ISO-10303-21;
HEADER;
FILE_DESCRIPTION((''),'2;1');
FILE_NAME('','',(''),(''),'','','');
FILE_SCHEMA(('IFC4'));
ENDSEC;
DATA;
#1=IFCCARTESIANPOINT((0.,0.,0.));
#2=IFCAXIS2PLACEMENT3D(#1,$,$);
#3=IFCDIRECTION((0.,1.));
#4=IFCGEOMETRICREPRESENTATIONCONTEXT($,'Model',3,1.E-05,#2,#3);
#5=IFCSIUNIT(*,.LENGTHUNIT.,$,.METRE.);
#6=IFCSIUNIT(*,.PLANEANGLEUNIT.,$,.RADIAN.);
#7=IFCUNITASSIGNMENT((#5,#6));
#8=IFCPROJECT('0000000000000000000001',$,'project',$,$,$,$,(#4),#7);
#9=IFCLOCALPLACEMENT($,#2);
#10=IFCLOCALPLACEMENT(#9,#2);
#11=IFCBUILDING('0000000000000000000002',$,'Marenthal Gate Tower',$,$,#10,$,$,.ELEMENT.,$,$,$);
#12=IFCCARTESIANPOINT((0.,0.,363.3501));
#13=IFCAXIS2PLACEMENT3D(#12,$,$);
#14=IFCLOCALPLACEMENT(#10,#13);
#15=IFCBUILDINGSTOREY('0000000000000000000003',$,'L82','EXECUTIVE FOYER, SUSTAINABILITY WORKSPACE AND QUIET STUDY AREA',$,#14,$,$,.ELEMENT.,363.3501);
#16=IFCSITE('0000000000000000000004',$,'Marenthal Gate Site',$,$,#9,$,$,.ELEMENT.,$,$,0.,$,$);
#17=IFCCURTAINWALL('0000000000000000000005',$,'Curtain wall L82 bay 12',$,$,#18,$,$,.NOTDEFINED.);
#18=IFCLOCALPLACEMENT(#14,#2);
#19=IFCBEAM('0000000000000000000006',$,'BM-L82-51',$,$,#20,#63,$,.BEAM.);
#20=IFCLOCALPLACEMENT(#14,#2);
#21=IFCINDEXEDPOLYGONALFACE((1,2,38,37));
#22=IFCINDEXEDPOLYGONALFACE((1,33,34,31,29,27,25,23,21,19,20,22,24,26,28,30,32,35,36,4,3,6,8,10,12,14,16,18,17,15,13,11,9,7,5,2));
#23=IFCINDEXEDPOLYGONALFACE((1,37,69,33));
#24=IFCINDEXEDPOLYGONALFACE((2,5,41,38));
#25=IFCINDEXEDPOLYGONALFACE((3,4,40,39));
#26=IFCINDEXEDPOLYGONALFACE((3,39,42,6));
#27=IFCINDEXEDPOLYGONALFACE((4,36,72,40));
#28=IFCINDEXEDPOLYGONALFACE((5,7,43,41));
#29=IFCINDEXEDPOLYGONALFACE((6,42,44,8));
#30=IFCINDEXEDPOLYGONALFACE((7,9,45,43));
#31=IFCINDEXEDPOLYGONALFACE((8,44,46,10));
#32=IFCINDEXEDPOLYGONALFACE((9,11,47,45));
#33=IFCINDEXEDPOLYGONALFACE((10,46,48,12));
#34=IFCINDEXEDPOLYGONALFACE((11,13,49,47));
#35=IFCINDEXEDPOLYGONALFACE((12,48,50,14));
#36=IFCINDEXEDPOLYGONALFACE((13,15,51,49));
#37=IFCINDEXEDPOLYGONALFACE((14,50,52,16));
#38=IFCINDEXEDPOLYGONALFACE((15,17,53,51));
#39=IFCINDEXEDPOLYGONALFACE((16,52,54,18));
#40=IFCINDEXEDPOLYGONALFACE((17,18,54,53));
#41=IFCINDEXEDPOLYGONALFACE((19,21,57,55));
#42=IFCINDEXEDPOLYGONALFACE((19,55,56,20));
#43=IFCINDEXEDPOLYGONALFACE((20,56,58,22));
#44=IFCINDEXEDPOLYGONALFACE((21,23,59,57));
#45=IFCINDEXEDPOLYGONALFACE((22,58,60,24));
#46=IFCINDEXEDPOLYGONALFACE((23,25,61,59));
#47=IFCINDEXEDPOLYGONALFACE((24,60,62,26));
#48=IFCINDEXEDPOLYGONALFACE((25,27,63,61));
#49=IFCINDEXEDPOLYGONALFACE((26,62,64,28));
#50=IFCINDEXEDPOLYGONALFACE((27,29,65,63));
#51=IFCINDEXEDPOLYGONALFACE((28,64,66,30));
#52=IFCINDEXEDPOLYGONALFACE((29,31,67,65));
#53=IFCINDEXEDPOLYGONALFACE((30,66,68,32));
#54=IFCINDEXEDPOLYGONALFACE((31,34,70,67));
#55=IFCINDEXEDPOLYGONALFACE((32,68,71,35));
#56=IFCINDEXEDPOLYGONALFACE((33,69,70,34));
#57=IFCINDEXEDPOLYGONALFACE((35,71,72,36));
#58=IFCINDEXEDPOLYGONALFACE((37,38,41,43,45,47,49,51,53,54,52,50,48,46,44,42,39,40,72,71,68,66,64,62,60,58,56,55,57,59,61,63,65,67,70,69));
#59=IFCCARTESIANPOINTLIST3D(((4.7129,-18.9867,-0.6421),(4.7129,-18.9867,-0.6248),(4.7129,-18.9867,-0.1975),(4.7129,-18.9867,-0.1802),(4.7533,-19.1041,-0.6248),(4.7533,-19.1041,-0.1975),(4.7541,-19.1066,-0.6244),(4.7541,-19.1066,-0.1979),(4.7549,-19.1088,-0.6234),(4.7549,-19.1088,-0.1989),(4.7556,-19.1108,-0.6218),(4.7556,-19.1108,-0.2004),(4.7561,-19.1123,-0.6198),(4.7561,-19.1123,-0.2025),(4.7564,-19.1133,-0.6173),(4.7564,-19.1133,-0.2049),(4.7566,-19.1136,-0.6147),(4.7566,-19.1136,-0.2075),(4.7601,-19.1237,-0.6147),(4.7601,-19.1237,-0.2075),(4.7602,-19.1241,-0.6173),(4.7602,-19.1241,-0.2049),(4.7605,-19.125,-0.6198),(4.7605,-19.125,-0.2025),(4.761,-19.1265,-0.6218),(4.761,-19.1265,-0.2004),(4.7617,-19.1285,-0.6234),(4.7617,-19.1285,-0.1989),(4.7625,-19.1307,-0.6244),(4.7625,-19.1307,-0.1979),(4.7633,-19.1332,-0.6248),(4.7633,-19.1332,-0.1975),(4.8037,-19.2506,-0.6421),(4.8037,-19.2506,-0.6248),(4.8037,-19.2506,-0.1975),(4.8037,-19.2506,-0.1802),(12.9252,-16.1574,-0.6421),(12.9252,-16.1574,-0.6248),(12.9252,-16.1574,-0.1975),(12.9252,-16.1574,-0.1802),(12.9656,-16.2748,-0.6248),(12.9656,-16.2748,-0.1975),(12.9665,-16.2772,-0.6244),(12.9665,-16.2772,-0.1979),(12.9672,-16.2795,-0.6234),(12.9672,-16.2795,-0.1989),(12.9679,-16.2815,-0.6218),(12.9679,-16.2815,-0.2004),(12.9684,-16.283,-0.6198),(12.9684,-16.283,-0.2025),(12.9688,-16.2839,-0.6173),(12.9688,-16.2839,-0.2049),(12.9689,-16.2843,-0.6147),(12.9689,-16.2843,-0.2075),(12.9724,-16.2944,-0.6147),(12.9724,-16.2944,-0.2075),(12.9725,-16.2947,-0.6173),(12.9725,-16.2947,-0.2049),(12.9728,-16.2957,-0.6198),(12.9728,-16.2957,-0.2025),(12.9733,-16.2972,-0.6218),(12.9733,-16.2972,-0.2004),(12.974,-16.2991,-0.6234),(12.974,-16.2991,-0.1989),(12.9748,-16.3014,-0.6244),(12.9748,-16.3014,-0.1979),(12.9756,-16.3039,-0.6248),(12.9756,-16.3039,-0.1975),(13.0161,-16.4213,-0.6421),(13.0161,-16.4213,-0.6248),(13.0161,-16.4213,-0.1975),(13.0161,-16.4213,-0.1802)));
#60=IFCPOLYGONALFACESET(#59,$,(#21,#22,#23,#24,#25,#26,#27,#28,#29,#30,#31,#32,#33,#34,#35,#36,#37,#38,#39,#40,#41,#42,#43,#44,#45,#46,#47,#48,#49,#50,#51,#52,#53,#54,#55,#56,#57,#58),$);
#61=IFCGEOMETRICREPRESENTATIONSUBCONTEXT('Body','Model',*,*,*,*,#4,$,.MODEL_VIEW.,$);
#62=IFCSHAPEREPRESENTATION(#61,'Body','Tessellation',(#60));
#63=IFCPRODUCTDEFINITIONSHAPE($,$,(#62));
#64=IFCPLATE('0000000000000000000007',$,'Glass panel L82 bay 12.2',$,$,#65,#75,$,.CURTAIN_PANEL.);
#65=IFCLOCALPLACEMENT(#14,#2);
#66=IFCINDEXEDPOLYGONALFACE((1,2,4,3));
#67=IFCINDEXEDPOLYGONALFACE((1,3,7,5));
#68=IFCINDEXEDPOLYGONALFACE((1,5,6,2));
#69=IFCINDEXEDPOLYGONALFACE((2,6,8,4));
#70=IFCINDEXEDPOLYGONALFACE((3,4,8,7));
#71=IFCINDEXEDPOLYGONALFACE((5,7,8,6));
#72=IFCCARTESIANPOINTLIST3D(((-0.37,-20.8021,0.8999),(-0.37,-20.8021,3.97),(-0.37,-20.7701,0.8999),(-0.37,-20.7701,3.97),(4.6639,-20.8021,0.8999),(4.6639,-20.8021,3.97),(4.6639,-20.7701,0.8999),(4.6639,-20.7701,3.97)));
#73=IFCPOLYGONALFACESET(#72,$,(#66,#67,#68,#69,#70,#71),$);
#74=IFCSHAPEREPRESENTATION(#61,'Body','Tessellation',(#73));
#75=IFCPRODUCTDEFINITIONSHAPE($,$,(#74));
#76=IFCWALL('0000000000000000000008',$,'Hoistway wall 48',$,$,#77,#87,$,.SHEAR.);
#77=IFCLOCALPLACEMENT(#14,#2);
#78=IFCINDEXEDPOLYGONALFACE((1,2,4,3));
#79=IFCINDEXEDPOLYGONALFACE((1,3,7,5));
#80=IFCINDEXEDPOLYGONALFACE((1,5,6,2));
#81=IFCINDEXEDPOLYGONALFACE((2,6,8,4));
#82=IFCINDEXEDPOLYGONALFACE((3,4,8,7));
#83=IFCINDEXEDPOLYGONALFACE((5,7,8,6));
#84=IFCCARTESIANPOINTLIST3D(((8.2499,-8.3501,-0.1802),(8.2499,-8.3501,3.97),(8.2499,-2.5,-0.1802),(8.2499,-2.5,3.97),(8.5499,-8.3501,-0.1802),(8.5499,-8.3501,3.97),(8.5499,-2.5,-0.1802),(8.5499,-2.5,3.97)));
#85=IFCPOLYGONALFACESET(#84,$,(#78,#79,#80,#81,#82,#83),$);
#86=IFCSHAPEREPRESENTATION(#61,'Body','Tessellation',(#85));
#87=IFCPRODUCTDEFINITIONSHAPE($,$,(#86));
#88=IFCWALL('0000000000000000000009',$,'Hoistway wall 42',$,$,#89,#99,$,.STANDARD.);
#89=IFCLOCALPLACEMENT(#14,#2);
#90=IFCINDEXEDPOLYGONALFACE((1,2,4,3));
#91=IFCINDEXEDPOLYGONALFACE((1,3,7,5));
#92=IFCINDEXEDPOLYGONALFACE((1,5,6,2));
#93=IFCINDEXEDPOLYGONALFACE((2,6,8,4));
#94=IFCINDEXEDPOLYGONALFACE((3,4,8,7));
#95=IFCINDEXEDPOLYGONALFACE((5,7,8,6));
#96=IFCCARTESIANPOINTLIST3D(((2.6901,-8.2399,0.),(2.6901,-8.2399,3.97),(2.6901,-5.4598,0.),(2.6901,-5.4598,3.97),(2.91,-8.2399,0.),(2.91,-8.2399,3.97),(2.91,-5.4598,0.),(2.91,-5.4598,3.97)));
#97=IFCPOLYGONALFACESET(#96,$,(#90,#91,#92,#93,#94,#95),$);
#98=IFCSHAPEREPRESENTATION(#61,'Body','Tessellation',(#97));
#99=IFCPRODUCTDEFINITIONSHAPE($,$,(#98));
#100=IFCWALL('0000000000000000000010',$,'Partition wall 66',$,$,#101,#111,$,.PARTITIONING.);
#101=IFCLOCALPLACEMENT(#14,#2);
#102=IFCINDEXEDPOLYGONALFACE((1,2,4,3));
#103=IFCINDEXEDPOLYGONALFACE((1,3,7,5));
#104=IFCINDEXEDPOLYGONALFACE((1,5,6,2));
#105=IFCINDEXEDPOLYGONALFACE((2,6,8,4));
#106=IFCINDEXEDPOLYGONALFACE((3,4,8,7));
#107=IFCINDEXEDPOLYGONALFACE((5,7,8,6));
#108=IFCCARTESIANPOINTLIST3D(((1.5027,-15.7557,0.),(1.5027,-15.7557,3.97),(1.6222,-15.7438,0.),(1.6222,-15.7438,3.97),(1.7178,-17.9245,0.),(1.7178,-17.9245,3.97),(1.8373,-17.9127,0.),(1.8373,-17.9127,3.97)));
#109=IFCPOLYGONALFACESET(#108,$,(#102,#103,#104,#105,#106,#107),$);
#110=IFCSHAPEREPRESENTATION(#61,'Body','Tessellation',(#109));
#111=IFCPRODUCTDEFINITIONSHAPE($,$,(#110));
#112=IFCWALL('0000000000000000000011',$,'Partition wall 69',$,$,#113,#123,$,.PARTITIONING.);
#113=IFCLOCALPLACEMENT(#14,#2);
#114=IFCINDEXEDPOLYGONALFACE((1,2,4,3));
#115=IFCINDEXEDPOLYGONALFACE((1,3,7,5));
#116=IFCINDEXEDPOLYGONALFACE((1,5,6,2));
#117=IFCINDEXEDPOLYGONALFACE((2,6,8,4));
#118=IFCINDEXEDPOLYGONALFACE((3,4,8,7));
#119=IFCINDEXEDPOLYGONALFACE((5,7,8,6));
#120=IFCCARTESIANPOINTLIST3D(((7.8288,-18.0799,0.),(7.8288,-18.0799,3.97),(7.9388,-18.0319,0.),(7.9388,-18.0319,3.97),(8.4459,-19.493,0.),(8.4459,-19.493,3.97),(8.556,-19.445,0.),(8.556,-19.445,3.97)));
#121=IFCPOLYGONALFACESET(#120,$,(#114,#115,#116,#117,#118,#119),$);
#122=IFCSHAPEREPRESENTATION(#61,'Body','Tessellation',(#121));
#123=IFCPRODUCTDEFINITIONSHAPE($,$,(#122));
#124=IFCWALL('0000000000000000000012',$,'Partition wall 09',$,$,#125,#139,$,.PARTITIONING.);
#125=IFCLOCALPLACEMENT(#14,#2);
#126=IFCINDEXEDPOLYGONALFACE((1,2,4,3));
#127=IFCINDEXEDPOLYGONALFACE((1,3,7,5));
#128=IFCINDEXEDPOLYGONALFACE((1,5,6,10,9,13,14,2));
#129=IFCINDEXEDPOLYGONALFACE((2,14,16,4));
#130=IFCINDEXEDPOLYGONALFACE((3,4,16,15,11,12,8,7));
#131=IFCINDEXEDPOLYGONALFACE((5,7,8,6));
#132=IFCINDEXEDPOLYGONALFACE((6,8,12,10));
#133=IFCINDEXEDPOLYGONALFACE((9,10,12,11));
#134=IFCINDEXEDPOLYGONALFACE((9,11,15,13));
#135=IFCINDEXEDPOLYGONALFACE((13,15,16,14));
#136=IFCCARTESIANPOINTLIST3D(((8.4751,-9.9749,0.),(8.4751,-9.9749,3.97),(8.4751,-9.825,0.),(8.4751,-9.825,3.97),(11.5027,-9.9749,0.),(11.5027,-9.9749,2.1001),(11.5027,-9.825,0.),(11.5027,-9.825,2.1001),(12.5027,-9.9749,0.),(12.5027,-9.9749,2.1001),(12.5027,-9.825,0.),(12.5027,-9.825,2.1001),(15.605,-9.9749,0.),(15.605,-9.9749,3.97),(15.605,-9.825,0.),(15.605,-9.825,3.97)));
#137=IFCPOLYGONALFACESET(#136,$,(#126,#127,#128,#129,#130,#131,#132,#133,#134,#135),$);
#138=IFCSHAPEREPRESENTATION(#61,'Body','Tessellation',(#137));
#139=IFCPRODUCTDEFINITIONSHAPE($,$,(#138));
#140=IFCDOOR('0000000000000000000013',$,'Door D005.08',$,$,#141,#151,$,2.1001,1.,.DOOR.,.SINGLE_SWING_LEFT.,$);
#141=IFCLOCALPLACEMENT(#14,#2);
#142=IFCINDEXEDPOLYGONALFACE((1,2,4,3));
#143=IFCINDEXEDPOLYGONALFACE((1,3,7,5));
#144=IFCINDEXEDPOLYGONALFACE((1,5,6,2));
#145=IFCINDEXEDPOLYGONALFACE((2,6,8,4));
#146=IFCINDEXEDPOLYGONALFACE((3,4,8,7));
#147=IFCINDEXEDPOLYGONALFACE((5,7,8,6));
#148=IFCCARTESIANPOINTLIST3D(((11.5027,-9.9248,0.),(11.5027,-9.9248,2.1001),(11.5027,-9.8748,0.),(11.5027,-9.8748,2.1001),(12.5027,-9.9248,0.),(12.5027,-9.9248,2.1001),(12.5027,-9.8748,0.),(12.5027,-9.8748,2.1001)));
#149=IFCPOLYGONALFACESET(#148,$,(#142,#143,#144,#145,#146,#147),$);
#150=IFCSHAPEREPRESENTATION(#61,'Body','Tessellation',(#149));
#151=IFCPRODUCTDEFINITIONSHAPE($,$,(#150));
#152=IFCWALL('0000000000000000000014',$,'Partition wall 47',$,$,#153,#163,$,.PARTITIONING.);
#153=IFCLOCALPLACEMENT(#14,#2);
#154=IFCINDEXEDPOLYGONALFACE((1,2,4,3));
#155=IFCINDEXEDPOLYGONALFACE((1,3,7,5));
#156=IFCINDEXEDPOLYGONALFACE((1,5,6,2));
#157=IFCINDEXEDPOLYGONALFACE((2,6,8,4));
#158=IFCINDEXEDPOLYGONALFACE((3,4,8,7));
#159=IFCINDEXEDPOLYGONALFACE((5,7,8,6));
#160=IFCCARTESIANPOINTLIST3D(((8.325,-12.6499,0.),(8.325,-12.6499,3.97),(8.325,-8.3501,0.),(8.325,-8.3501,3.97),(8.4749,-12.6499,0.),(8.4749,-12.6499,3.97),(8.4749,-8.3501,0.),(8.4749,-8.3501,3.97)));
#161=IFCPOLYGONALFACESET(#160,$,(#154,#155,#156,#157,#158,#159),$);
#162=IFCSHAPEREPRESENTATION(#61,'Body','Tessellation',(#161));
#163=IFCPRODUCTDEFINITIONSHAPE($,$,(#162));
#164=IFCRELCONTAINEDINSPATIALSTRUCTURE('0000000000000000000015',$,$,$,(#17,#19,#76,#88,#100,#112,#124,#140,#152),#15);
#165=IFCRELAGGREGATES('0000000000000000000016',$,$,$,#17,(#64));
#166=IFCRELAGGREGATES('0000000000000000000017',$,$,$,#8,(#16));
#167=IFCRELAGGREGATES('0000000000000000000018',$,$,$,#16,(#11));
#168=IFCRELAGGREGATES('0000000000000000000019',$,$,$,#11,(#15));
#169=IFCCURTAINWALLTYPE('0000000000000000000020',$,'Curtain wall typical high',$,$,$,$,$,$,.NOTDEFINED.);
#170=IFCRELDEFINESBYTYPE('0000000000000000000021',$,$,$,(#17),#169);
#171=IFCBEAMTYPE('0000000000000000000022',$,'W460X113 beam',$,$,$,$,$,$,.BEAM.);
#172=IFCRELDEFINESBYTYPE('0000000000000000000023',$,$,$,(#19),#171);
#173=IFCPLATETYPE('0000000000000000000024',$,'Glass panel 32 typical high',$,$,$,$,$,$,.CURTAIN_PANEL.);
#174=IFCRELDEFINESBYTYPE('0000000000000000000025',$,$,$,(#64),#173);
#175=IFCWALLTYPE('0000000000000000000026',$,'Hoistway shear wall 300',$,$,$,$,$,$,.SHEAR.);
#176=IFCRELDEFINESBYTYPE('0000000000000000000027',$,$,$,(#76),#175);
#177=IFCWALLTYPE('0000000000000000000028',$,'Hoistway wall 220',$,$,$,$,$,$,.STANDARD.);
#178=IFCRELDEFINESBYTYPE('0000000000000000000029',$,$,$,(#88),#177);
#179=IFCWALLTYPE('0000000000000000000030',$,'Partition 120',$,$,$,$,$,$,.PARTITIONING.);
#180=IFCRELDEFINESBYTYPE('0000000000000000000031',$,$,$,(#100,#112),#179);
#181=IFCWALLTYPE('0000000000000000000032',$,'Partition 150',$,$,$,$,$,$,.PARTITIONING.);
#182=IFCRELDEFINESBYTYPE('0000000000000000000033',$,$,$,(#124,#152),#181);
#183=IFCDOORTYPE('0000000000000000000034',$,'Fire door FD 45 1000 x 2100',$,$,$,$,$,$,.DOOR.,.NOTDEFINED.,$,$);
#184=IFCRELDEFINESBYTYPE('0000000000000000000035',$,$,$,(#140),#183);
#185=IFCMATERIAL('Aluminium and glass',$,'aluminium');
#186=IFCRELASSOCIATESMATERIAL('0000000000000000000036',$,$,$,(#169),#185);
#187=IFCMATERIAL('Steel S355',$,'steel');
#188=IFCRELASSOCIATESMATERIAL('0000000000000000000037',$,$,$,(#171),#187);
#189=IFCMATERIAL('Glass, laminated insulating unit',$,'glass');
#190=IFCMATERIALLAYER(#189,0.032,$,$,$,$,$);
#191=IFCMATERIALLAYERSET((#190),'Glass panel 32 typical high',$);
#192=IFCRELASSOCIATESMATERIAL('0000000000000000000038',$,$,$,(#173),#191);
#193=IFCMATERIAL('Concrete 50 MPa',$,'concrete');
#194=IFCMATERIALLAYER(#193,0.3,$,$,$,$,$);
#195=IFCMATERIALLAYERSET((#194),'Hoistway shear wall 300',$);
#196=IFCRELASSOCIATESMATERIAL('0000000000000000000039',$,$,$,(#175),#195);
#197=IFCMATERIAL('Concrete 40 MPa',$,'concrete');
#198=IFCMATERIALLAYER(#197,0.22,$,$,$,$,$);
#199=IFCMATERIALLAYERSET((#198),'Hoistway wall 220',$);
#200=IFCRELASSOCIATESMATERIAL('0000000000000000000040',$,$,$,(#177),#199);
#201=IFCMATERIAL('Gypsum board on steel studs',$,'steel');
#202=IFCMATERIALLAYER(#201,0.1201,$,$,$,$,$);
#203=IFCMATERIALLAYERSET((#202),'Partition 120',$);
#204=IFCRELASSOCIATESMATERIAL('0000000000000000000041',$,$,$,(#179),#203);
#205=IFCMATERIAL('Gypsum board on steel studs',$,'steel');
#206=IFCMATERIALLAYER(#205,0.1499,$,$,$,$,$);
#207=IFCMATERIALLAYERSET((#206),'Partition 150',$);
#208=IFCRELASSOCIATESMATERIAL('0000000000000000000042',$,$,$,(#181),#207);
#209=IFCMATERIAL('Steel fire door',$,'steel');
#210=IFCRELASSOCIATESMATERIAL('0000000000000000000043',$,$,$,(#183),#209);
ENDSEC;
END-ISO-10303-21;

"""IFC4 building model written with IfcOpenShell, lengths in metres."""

from ifc_helpers import new_model, si_unit, direction, frame, frame_2d, origin, origin_2d, place, context, subcontext, project, spatial, rectangle, i_section, extrude, material, layer, layer_set, material_profile, profile_set, type_object, element, fill, aggregate, save


model = new_model("IFC4")

# Units and contexts
model_context = context("Model", 3, precision=1e-05, world=origin(), true_north=direction((0.0, 1.0)))
body_context = subcontext(model_context, "Body", "Model", "MODEL_VIEW")
ifc_project = project(units=[si_unit("LENGTHUNIT", "METRE"), si_unit("PLANEANGLEUNIT", "RADIAN")], contexts=[model_context])

# Site, building, storey
site_placement = place(None, origin())
site = spatial("IfcSite", under=ifc_project, at=site_placement, Name="Marenthal Gate Site", CompositionType="ELEMENT", RefElevation=0.0)
building_placement = place(site_placement, origin())
building = spatial("IfcBuilding", under=site, at=building_placement, Name="Marenthal Gate Tower", CompositionType="ELEMENT")
storey_placement = place(building_placement, frame((0.0, 0.0, 363.3501)))
storey = spatial("IfcBuildingStorey", under=building, at=storey_placement, Name="L82", Description="EXECUTIVE FOYER, SUSTAINABILITY WORKSPACE AND QUIET STUDY AREA", CompositionType="ELEMENT", Elevation=363.3501)

# Curtain wall
ifc_material_1 = material(Name="Aluminium and glass", Category="aluminium")
curtain_wall_type = type_object("IfcCurtainWallType", Name="Curtain wall typical high", PredefinedType="NOTDEFINED", material=ifc_material_1)
curtain_wall_placement = place(storey_placement, origin())
curtain_wall = element("IfcCurtainWall", 1, at=curtain_wall_placement, inside=storey, type_object=curtain_wall_type, Name="Curtain wall L82 bay 12", PredefinedType="NOTDEFINED")

# Beam
ifc_material_2 = material(Name="Steel S355", Category="steel")
ifc_material_profile_1 = material_profile(ifc_material_2, i_section(OverallWidth=0.2791, OverallDepth=0.4619, WebThickness=0.0107, FlangeThickness=0.0173, FilletRadius=0.01, at=origin_2d()), Name="W460X113")
ifc_profile_set_1 = profile_set([ifc_material_profile_1], Name="Steel S355")
beam_type_1 = type_object("IfcBeamType", Name="W460X113 beam", PredefinedType="BEAM", material=ifc_profile_set_1)
beam_1_placement = place(storey_placement, frame((4.7583, -19.1187, -0.4111), z_axis=(0.945462, 0.325732, 0.0), x_axis=(-0.325732, 0.945462, 0.0)))
element("IfcBeam", 2, at=beam_1_placement, inside=storey, type_object=beam_type_1, Name="BM-L82-51", PredefinedType="BEAM", context=body_context, shape_type="SweptSolid", body=[
    extrude(i_section(OverallWidth=0.2791, OverallDepth=0.4619, WebThickness=0.0107, FlangeThickness=0.0173, FilletRadius=0.01, at=origin_2d()), origin(), (0.0, 0.0, 1.0), 8.686),
])

# Plate
ifc_material_3 = material(Name="Glass, laminated insulating unit", Category="glass")
ifc_layer_1 = layer(ifc_material_3, 0.032)
ifc_layer_set_1 = layer_set([ifc_layer_1], Name="Glass panel 32 typical high")
plate_type = type_object("IfcPlateType", Name="Glass panel 32 typical high", PredefinedType="CURTAIN_PANEL", material=ifc_layer_set_1)
plate_placement = place(storey_placement, frame((2.147, -20.7861, 0.8999), z_axis=(0.0, 0.0, 1.0), x_axis=(1.0, 0.0, 0.0)))
plate = element("IfcPlate", 3, at=plate_placement, type_object=plate_type, Name="Glass panel L82 bay 12.2", PredefinedType="CURTAIN_PANEL", context=body_context, shape_type="SweptSolid", body=[
    extrude(rectangle(XDim=5.0339, YDim=0.032, at=origin_2d()), origin(), (0.0, 0.0, 1.0), 3.0701),
])
aggregate(curtain_wall, [plate])

# Walls
ifc_material_4 = material(Name="Concrete 50 MPa", Category="concrete")
ifc_layer_2 = layer(ifc_material_4, 0.3)
ifc_layer_set_2 = layer_set([ifc_layer_2], Name="Hoistway shear wall 300")
wall_type_1 = type_object("IfcWallType", Name="Hoistway shear wall 300", PredefinedType="SHEAR", material=ifc_layer_set_2)
wall_1_placement = place(storey_placement, frame((8.3999, -8.3501, -0.1802), z_axis=(0.0, 0.0, 1.0), x_axis=(0.0, 1.0, 0.0)))
element("IfcWall", 4, at=wall_1_placement, inside=storey, type_object=wall_type_1, Name="Hoistway wall 48", PredefinedType="SHEAR", context=body_context, shape_type="SweptSolid", body=[
    extrude(rectangle(XDim=5.8501, YDim=0.3, at=frame_2d((2.925, 0.0))), origin(), (0.0, 0.0, 1.0), 4.1501),
])
ifc_material_5 = material(Name="Concrete 40 MPa", Category="concrete")
ifc_layer_3 = layer(ifc_material_5, 0.22)
ifc_layer_set_3 = layer_set([ifc_layer_3], Name="Hoistway wall 220")
wall_type_2 = type_object("IfcWallType", Name="Hoistway wall 220", PredefinedType="STANDARD", material=ifc_layer_set_3)
wall_2_placement = place(storey_placement, frame((2.8, -8.24, 0.0), z_axis=(0.0, 0.0, 1.0), x_axis=(0.0, 1.0, 0.0)))
element("IfcWall", 5, at=wall_2_placement, inside=storey, type_object=wall_type_2, Name="Hoistway wall 42", PredefinedType="STANDARD", context=body_context, shape_type="SweptSolid", body=[
    extrude(rectangle(XDim=2.78, YDim=0.22, at=frame_2d((1.3901, 0.0))), origin(), (0.0, 0.0, 1.0), 3.97),
])
ifc_material_6 = material(Name="Gypsum board on steel studs", Category="steel")
ifc_layer_4 = layer(ifc_material_6, 0.1201)
ifc_layer_set_4 = layer_set([ifc_layer_4], Name="Partition 120")
wall_type_3 = type_object("IfcWallType", Name="Partition 120", PredefinedType="PARTITIONING", material=ifc_layer_set_4)
wall_3_placement = place(storey_placement, frame((1.7776, -17.9187, 0.0), z_axis=(0.0, 0.0, 1.0), x_axis=(-0.098694, 0.995118, 0.0)))
element("IfcWall", 6, at=wall_3_placement, inside=storey, type_object=wall_type_3, Name="Partition wall 66", PredefinedType="PARTITIONING", context=body_context, shape_type="SweptSolid", body=[
    extrude(rectangle(XDim=2.1794, YDim=0.1201, at=frame_2d((1.0898, 0.0))), origin(), (0.0, 0.0, 1.0), 3.97),
])
wall_4_placement = place(storey_placement, frame((7.8838, -18.0559, 0.0), z_axis=(0.0, 0.0, 1.0), x_axis=(0.400254, -0.916404, 0.0)))
element("IfcWall", 7, at=wall_4_placement, inside=storey, type_object=wall_type_3, Name="Partition wall 69", PredefinedType="PARTITIONING", context=body_context, shape_type="SweptSolid", body=[
    extrude(rectangle(XDim=1.542, YDim=0.1201, at=frame_2d((0.771, 0.0))), origin(), (0.0, 0.0, 1.0), 3.97),
])

# Wall, opening, door
ifc_material_7 = material(Name="Gypsum board on steel studs", Category="steel")
ifc_layer_5 = layer(ifc_material_7, 0.1499)
ifc_layer_set_5 = layer_set([ifc_layer_5], Name="Partition 150")
wall_type_4 = type_object("IfcWallType", Name="Partition 150", PredefinedType="PARTITIONING", material=ifc_layer_set_5)
wall_5_placement = place(storey_placement, frame((8.4751, -9.8999, 0.0), z_axis=(0.0, 0.0, 1.0), x_axis=(1.0, 0.0, 0.0)))
wall_5 = element("IfcWall", 8, at=wall_5_placement, inside=storey, type_object=wall_type_4, Name="Partition wall 09", PredefinedType="PARTITIONING", context=body_context, shape_type="SweptSolid", body=[
    extrude(rectangle(XDim=7.1299, YDim=0.1499, at=frame_2d((3.5649, 0.0))), origin(), (0.0, 0.0, 1.0), 3.97),
])
opening_1_placement = place(wall_5_placement, frame((3.0276, 0.0, 0.0)))
opening_1 = element("IfcOpeningElement", 9, at=opening_1_placement, cuts=wall_5, PredefinedType="OPENING", context=body_context, shape_type="SweptSolid", body=[
    extrude(rectangle(XDim=1.0, YDim=2.1001, at=frame_2d((0.5, 1.05))), frame((0.0, 0.085, 0.0), z_axis=(0.0, -1.0, 0.0), x_axis=(1.0, 0.0, 0.0)), (0.0, 0.0, 1.0), 0.1699),
])
ifc_material_8 = material(Name="Steel fire door", Category="steel")
door_type_1 = type_object("IfcDoorType", Name="Fire door FD 45 1000 x 2100", OperationType="NOTDEFINED", PredefinedType="DOOR", material=ifc_material_8)
door_1_placement = place(opening_1_placement, frame((1.0, 0.0, 0.0), z_axis=(0.0, 0.0, 1.0), x_axis=(-1.0, 0.0, 0.0)))
door_1 = element("IfcDoor", 10, at=door_1_placement, inside=storey, type_object=door_type_1, Name="Door D005.08", OperationType="SINGLE_SWING_LEFT", OverallHeight=2.1001, OverallWidth=1.0, PredefinedType="DOOR", context=body_context, shape_type="SweptSolid", body=[
    extrude(rectangle(XDim=1.0, YDim=2.1001, at=frame_2d((0.5, 1.05))), frame((0.0, 0.0249, 0.0), z_axis=(0.0, -1.0, 0.0), x_axis=(1.0, 0.0, 0.0)), (0.0, 0.0, 1.0), 0.05),
])
fill(opening_1, door_1)

# Wall
wall_6_placement = place(storey_placement, frame((8.3999, -12.6499, 0.0), z_axis=(0.0, 0.0, 1.0), x_axis=(0.0, 1.0, 0.0)))
element("IfcWall", 11, at=wall_6_placement, inside=storey, type_object=wall_type_4, Name="Partition wall 47", PredefinedType="PARTITIONING", context=body_context, shape_type="SweptSolid", body=[
    extrude(rectangle(XDim=4.2998, YDim=0.1499, at=frame_2d((2.1499, 0.0))), origin(), (0.0, 0.0, 1.0), 3.97),
])

save(model, "model.ifc")
